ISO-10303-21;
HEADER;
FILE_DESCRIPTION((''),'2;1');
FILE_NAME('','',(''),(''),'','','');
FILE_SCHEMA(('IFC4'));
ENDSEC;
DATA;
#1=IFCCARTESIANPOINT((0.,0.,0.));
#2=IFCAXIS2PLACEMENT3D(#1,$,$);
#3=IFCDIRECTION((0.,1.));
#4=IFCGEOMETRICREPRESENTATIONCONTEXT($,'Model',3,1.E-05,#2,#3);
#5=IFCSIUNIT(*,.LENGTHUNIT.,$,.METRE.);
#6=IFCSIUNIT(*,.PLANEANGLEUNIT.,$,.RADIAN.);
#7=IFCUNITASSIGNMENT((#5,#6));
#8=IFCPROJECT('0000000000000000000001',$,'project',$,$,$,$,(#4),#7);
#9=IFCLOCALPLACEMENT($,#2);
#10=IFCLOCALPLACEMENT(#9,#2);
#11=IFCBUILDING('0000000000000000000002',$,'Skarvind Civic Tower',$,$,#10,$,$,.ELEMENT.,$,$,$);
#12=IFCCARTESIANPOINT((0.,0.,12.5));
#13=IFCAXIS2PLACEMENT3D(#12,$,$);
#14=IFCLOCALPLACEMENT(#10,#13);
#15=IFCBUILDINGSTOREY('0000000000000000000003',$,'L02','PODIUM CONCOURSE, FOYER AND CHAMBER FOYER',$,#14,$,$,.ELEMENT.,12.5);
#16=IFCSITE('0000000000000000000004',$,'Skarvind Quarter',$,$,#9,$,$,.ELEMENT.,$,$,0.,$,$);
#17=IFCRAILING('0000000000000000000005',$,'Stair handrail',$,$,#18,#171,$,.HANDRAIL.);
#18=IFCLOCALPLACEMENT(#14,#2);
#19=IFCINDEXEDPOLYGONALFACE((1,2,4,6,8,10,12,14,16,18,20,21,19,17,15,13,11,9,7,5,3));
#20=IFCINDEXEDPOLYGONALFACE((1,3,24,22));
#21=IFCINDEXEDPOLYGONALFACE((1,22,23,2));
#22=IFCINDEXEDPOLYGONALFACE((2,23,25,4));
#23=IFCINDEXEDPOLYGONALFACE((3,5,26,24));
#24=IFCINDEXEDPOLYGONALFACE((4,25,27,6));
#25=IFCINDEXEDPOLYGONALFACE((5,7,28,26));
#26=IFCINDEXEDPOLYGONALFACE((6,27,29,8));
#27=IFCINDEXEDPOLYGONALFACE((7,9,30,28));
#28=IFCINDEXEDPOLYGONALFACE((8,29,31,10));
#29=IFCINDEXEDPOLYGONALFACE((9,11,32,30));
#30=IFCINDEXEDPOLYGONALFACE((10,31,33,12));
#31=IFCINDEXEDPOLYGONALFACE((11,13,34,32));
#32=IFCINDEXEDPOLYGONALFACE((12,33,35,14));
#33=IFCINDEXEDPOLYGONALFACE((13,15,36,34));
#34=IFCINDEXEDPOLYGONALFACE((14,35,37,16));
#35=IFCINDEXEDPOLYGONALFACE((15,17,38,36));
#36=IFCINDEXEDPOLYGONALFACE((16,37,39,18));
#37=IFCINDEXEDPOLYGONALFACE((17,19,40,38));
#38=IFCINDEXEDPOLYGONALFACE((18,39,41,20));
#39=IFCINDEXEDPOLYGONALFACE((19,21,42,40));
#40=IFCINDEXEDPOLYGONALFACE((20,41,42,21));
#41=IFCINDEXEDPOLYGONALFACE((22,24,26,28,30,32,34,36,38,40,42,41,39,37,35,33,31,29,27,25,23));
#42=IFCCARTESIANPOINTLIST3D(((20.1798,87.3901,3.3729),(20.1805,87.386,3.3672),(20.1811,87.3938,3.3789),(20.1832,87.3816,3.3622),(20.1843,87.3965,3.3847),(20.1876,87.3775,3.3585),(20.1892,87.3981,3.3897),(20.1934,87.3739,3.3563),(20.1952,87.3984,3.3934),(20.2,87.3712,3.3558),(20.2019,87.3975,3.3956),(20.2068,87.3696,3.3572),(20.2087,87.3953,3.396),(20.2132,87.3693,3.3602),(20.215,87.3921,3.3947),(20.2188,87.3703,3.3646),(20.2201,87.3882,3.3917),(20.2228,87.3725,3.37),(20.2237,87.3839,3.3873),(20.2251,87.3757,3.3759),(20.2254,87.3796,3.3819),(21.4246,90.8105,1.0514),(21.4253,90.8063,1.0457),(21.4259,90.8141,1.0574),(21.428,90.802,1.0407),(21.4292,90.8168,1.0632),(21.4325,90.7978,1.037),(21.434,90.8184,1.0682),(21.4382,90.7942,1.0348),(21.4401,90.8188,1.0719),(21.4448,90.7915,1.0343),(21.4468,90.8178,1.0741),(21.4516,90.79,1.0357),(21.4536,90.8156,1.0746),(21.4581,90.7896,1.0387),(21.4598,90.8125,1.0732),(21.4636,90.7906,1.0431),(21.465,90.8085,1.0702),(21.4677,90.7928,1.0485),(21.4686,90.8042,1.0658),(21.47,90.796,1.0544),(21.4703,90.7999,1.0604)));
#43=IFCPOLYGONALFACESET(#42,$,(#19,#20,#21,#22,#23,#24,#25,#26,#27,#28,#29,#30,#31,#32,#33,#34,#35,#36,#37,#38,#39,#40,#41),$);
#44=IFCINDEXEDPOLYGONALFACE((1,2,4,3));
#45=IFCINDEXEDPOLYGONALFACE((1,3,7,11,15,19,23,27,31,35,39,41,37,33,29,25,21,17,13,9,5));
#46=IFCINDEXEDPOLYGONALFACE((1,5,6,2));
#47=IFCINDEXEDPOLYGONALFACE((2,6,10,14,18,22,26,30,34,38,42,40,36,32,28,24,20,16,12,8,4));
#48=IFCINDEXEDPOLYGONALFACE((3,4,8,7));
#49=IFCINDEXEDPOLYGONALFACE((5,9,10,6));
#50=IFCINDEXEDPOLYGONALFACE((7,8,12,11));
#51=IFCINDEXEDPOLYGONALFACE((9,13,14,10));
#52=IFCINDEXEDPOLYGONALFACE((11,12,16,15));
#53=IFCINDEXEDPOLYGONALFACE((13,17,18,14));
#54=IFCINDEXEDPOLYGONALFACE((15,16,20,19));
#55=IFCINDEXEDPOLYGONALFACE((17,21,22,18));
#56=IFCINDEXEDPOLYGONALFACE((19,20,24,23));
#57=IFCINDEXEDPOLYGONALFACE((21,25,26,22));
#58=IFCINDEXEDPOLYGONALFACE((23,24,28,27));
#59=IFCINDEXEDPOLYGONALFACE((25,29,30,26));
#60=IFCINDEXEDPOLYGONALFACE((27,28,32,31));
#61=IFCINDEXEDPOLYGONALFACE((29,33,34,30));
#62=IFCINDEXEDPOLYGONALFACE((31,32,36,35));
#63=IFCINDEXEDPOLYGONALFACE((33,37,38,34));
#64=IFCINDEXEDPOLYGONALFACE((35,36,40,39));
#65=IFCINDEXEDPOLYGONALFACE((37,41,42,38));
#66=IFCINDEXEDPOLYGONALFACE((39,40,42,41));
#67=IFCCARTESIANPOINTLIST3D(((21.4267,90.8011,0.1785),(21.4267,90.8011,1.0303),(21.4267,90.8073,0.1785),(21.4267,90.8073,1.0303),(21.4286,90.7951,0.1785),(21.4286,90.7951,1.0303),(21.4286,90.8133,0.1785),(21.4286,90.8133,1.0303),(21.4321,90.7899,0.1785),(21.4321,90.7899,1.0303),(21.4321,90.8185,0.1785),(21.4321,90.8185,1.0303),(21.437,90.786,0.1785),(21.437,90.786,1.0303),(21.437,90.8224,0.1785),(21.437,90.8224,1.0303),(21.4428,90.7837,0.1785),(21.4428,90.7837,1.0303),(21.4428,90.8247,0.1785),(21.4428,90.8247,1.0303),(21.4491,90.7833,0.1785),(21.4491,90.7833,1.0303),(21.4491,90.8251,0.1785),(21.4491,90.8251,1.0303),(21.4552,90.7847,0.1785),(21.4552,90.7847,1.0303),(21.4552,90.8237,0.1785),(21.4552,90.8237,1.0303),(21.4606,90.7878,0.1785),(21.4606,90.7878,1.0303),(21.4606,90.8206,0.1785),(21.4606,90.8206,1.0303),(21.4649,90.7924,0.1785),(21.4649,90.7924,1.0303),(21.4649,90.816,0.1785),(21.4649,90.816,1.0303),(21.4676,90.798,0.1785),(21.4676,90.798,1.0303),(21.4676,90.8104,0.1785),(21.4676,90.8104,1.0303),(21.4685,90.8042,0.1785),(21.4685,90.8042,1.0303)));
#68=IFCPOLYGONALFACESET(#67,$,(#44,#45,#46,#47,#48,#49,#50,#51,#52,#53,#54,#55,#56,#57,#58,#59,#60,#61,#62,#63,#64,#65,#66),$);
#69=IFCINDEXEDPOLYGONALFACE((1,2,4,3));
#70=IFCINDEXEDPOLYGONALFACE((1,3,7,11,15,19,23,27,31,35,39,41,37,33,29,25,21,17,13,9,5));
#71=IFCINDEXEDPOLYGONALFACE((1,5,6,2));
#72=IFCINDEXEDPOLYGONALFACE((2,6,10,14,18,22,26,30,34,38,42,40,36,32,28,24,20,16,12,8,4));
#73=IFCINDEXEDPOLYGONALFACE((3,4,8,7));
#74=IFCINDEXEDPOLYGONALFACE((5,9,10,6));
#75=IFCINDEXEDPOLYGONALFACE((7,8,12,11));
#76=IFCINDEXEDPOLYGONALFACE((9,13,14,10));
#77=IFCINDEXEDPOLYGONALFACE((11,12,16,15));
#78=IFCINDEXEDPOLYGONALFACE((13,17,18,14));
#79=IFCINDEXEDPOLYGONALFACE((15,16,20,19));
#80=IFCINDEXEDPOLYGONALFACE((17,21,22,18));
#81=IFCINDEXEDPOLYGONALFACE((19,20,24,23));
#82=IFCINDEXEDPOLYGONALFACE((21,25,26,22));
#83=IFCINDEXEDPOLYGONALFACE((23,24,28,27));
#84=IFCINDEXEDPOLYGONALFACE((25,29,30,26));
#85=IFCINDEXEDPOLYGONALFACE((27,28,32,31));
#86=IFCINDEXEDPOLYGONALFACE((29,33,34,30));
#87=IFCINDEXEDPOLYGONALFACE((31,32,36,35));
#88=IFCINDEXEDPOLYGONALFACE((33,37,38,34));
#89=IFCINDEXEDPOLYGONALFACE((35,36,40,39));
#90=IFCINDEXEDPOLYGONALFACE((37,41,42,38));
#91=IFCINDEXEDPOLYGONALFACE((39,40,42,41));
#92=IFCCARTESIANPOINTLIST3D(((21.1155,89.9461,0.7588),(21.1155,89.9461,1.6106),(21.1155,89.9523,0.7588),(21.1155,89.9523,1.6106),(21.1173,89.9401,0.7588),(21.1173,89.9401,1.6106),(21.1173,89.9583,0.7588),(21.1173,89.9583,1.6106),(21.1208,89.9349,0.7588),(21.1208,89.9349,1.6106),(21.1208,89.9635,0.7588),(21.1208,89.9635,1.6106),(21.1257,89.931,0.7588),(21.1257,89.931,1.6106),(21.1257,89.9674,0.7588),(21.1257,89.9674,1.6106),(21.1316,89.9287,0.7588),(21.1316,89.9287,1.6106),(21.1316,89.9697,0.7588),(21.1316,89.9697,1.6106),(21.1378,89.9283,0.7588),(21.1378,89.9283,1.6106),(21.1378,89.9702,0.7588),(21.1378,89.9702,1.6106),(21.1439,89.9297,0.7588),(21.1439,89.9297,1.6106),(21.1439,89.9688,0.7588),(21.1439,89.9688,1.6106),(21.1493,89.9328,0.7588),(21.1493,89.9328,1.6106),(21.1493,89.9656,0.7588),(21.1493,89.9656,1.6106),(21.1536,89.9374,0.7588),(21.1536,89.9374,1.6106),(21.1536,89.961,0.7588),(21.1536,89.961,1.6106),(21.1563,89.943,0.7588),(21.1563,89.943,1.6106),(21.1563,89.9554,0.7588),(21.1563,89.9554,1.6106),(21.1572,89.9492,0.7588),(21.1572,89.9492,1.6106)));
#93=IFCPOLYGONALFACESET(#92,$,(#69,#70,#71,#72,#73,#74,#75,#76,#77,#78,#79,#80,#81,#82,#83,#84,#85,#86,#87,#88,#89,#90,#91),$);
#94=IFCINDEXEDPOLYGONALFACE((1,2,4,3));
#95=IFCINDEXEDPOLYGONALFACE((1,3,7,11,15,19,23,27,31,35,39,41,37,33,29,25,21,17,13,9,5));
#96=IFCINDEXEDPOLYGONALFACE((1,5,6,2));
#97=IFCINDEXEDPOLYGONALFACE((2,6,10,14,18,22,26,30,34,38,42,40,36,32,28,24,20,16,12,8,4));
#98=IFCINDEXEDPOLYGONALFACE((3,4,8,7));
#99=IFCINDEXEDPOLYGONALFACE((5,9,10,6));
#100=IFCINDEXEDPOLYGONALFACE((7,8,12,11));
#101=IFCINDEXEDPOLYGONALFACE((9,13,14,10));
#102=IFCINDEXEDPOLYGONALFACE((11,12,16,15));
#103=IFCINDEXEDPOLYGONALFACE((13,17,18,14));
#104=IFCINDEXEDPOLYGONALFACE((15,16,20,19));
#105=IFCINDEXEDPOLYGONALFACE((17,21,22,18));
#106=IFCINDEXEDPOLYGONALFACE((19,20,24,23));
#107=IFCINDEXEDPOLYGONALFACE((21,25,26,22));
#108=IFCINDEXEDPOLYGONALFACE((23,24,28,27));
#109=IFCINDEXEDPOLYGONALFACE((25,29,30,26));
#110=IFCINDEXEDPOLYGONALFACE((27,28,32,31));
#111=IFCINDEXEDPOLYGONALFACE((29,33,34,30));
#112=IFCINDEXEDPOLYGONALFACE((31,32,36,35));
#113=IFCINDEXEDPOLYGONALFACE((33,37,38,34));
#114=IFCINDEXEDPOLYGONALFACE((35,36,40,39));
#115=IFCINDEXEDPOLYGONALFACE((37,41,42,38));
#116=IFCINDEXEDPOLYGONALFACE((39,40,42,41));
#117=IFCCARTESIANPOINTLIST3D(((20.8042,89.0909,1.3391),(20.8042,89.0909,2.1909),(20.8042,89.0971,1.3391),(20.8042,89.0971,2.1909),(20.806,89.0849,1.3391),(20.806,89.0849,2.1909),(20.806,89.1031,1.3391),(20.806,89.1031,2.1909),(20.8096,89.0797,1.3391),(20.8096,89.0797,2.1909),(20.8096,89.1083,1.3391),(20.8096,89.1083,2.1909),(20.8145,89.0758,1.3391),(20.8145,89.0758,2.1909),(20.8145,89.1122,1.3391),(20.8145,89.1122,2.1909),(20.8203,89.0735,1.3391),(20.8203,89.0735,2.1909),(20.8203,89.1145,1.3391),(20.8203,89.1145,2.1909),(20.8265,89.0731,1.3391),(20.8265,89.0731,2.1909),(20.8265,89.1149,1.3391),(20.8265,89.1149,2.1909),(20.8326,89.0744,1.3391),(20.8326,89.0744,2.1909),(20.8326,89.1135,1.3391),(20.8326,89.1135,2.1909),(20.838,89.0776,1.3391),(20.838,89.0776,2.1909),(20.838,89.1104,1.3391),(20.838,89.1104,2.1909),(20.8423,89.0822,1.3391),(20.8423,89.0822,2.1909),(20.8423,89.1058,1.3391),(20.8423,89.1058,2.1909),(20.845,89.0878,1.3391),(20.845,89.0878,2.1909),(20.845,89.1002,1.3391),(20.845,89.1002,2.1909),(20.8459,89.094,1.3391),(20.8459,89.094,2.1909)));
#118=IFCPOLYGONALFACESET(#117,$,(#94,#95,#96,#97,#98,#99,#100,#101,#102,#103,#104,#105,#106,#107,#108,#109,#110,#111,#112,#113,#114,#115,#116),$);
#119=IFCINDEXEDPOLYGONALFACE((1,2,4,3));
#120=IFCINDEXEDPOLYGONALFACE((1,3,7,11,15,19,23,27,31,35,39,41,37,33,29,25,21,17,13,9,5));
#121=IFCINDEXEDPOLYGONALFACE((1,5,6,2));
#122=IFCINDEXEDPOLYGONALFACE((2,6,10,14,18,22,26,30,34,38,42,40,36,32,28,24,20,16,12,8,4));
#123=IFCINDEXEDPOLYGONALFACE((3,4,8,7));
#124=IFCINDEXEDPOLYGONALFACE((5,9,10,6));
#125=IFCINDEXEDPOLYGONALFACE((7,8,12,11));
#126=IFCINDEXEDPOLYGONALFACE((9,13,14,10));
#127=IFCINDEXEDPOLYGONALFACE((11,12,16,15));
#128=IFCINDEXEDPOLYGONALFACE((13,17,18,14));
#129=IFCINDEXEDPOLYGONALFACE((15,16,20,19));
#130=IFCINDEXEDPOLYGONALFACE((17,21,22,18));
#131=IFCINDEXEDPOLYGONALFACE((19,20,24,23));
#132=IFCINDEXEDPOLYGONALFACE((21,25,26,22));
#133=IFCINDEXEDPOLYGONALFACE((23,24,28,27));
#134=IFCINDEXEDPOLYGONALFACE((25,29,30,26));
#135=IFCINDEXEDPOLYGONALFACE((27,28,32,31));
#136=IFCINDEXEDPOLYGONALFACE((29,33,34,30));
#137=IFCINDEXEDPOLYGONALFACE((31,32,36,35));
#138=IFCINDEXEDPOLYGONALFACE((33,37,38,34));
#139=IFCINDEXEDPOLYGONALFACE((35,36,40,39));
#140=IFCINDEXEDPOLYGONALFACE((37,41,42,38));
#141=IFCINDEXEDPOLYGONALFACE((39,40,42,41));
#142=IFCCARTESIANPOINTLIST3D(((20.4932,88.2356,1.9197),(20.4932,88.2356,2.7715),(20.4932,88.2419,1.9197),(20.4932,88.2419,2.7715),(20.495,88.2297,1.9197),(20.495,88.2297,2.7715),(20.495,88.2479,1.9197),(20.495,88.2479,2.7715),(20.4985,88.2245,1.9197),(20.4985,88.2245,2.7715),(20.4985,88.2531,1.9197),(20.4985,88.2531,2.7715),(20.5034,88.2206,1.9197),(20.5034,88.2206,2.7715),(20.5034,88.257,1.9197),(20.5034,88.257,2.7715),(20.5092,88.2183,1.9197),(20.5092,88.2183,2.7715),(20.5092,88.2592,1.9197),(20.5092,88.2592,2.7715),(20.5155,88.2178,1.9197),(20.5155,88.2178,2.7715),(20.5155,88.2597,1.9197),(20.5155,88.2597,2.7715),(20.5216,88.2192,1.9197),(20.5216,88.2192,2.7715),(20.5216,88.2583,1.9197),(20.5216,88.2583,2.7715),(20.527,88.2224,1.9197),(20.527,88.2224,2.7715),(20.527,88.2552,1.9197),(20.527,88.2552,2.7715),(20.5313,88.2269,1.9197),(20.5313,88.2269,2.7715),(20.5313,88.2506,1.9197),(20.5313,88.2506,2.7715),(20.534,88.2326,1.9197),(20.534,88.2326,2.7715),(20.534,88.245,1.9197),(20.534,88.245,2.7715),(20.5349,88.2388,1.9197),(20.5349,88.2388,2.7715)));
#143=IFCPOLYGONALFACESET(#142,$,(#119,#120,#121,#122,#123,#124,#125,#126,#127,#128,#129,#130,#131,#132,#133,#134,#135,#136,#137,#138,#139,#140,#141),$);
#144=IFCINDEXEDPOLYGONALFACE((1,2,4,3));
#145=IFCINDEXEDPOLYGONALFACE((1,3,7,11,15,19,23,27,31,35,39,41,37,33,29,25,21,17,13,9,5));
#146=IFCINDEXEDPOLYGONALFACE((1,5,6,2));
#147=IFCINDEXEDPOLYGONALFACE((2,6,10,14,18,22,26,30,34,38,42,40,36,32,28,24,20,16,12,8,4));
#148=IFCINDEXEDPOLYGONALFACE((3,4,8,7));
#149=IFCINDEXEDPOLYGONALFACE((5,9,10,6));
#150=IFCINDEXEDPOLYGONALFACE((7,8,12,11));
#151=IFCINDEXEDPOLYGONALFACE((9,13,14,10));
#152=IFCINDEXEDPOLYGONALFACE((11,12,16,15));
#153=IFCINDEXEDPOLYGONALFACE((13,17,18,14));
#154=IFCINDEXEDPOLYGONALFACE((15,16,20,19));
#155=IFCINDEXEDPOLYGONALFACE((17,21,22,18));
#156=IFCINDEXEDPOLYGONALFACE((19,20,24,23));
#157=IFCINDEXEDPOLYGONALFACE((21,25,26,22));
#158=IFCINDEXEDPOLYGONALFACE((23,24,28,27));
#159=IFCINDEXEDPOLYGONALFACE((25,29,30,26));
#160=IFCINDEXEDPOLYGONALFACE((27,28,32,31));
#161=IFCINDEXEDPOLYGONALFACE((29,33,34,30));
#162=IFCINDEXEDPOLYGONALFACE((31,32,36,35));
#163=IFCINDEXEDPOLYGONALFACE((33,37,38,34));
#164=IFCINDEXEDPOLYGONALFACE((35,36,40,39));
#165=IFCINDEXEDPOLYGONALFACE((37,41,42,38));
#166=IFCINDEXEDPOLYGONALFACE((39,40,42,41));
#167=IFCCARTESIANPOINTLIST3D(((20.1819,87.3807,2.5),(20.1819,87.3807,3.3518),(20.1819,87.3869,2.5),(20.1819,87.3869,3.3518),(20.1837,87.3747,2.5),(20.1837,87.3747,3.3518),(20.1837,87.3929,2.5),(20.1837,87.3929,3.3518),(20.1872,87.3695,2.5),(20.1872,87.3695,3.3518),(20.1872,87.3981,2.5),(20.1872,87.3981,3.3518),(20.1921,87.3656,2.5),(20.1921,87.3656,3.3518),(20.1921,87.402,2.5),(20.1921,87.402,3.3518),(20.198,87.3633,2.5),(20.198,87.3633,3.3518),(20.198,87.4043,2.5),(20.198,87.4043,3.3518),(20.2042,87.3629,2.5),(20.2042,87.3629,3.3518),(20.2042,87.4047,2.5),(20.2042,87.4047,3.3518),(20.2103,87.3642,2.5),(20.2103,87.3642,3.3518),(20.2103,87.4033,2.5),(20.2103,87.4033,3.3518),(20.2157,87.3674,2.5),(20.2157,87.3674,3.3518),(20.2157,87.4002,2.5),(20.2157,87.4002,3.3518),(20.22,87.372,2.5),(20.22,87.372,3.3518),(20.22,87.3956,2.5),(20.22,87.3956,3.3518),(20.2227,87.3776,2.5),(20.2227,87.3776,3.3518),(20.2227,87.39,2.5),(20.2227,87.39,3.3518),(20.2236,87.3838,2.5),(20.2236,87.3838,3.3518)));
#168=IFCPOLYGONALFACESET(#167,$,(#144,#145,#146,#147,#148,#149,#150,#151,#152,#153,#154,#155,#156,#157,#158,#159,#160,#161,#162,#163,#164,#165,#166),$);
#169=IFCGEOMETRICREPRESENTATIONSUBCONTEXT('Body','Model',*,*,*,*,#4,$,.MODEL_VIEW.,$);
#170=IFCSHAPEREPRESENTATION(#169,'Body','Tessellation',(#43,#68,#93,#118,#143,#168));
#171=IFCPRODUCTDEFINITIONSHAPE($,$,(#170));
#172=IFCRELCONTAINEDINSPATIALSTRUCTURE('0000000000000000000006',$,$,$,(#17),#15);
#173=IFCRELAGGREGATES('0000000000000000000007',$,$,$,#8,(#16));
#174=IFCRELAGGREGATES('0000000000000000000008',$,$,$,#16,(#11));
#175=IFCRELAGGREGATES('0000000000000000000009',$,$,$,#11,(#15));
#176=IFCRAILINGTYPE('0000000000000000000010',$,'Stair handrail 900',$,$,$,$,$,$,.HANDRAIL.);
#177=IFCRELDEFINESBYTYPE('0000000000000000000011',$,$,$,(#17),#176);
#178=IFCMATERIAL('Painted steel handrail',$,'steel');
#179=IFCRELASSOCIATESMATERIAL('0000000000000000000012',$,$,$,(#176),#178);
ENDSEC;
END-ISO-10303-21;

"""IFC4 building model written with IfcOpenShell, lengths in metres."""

from ifc_helpers import new_model, si_unit, direction, frame, origin, origin_2d, place, context, subcontext, project, spatial, circle, extrude, material, type_object, element, save


model = new_model("IFC4")

# Units and contexts
model_context = context("Model", 3, precision=1e-05, world=origin(), true_north=direction((0.0, 1.0)))
body_context = subcontext(model_context, "Body", "Model", "MODEL_VIEW")
ifc_project = project(units=[si_unit("LENGTHUNIT", "METRE"), si_unit("PLANEANGLEUNIT", "RADIAN")], contexts=[model_context])

# Site, building, storey
site_placement = place(None, origin())
site = spatial("IfcSite", under=ifc_project, at=site_placement, Name="Skarvind Quarter", CompositionType="ELEMENT", RefElevation=0.0)
building_placement = place(site_placement, origin())
building = spatial("IfcBuilding", under=site, at=building_placement, Name="Skarvind Civic Tower", CompositionType="ELEMENT")
storey_placement = place(building_placement, frame((0.0, 0.0, 12.5)))
storey = spatial("IfcBuildingStorey", under=building, at=storey_placement, Name="L02", Description="PODIUM CONCOURSE, FOYER AND CHAMBER FOYER", CompositionType="ELEMENT", Elevation=12.5)

# Railing
ifc_material_1 = material(Name="Painted steel handrail", Category="steel")
railing_type = type_object("IfcRailingType", Name="Stair handrail 900", PredefinedType="HANDRAIL", material=ifc_material_1)
railing_placement = place(storey_placement, frame((21.4475, 90.8042, 0.1785)))
element("IfcRailing", 1, at=railing_placement, inside=storey, type_object=railing_type, Name="Stair handrail", PredefinedType="HANDRAIL", context=body_context, shape_type="SweptSolid", body=[
    extrude(circle(Radius=0.0239, at=origin_2d()), frame((0.0, 0.0, 0.876), z_axis=(-0.28835, -0.792271, 0.537737), x_axis=(0.939697, -0.342007, 0.0)), (0.0, 0.0, 1.0), 4.3171),
    extrude(circle(Radius=0.021, at=origin_2d()), origin(), (0.0, 0.0, 1.0), 0.8518),
    extrude(circle(Radius=0.021, at=origin_2d()), frame((-0.3113, -0.855, 0.5803)), (0.0, 0.0, 1.0), 0.8518),
    extrude(circle(Radius=0.021, at=origin_2d()), frame((-0.6226, -1.7102, 1.1606)), (0.0, 0.0, 1.0), 0.8518),
    extrude(circle(Radius=0.021, at=origin_2d()), frame((-0.9336, -2.5654, 1.7412)), (0.0, 0.0, 1.0), 0.8518),
    extrude(circle(Radius=0.021, at=origin_2d()), frame((-1.2449, -3.4204, 2.3215)), (0.0, 0.0, 1.0), 0.8518),
])

save(model, "model.ifc")
